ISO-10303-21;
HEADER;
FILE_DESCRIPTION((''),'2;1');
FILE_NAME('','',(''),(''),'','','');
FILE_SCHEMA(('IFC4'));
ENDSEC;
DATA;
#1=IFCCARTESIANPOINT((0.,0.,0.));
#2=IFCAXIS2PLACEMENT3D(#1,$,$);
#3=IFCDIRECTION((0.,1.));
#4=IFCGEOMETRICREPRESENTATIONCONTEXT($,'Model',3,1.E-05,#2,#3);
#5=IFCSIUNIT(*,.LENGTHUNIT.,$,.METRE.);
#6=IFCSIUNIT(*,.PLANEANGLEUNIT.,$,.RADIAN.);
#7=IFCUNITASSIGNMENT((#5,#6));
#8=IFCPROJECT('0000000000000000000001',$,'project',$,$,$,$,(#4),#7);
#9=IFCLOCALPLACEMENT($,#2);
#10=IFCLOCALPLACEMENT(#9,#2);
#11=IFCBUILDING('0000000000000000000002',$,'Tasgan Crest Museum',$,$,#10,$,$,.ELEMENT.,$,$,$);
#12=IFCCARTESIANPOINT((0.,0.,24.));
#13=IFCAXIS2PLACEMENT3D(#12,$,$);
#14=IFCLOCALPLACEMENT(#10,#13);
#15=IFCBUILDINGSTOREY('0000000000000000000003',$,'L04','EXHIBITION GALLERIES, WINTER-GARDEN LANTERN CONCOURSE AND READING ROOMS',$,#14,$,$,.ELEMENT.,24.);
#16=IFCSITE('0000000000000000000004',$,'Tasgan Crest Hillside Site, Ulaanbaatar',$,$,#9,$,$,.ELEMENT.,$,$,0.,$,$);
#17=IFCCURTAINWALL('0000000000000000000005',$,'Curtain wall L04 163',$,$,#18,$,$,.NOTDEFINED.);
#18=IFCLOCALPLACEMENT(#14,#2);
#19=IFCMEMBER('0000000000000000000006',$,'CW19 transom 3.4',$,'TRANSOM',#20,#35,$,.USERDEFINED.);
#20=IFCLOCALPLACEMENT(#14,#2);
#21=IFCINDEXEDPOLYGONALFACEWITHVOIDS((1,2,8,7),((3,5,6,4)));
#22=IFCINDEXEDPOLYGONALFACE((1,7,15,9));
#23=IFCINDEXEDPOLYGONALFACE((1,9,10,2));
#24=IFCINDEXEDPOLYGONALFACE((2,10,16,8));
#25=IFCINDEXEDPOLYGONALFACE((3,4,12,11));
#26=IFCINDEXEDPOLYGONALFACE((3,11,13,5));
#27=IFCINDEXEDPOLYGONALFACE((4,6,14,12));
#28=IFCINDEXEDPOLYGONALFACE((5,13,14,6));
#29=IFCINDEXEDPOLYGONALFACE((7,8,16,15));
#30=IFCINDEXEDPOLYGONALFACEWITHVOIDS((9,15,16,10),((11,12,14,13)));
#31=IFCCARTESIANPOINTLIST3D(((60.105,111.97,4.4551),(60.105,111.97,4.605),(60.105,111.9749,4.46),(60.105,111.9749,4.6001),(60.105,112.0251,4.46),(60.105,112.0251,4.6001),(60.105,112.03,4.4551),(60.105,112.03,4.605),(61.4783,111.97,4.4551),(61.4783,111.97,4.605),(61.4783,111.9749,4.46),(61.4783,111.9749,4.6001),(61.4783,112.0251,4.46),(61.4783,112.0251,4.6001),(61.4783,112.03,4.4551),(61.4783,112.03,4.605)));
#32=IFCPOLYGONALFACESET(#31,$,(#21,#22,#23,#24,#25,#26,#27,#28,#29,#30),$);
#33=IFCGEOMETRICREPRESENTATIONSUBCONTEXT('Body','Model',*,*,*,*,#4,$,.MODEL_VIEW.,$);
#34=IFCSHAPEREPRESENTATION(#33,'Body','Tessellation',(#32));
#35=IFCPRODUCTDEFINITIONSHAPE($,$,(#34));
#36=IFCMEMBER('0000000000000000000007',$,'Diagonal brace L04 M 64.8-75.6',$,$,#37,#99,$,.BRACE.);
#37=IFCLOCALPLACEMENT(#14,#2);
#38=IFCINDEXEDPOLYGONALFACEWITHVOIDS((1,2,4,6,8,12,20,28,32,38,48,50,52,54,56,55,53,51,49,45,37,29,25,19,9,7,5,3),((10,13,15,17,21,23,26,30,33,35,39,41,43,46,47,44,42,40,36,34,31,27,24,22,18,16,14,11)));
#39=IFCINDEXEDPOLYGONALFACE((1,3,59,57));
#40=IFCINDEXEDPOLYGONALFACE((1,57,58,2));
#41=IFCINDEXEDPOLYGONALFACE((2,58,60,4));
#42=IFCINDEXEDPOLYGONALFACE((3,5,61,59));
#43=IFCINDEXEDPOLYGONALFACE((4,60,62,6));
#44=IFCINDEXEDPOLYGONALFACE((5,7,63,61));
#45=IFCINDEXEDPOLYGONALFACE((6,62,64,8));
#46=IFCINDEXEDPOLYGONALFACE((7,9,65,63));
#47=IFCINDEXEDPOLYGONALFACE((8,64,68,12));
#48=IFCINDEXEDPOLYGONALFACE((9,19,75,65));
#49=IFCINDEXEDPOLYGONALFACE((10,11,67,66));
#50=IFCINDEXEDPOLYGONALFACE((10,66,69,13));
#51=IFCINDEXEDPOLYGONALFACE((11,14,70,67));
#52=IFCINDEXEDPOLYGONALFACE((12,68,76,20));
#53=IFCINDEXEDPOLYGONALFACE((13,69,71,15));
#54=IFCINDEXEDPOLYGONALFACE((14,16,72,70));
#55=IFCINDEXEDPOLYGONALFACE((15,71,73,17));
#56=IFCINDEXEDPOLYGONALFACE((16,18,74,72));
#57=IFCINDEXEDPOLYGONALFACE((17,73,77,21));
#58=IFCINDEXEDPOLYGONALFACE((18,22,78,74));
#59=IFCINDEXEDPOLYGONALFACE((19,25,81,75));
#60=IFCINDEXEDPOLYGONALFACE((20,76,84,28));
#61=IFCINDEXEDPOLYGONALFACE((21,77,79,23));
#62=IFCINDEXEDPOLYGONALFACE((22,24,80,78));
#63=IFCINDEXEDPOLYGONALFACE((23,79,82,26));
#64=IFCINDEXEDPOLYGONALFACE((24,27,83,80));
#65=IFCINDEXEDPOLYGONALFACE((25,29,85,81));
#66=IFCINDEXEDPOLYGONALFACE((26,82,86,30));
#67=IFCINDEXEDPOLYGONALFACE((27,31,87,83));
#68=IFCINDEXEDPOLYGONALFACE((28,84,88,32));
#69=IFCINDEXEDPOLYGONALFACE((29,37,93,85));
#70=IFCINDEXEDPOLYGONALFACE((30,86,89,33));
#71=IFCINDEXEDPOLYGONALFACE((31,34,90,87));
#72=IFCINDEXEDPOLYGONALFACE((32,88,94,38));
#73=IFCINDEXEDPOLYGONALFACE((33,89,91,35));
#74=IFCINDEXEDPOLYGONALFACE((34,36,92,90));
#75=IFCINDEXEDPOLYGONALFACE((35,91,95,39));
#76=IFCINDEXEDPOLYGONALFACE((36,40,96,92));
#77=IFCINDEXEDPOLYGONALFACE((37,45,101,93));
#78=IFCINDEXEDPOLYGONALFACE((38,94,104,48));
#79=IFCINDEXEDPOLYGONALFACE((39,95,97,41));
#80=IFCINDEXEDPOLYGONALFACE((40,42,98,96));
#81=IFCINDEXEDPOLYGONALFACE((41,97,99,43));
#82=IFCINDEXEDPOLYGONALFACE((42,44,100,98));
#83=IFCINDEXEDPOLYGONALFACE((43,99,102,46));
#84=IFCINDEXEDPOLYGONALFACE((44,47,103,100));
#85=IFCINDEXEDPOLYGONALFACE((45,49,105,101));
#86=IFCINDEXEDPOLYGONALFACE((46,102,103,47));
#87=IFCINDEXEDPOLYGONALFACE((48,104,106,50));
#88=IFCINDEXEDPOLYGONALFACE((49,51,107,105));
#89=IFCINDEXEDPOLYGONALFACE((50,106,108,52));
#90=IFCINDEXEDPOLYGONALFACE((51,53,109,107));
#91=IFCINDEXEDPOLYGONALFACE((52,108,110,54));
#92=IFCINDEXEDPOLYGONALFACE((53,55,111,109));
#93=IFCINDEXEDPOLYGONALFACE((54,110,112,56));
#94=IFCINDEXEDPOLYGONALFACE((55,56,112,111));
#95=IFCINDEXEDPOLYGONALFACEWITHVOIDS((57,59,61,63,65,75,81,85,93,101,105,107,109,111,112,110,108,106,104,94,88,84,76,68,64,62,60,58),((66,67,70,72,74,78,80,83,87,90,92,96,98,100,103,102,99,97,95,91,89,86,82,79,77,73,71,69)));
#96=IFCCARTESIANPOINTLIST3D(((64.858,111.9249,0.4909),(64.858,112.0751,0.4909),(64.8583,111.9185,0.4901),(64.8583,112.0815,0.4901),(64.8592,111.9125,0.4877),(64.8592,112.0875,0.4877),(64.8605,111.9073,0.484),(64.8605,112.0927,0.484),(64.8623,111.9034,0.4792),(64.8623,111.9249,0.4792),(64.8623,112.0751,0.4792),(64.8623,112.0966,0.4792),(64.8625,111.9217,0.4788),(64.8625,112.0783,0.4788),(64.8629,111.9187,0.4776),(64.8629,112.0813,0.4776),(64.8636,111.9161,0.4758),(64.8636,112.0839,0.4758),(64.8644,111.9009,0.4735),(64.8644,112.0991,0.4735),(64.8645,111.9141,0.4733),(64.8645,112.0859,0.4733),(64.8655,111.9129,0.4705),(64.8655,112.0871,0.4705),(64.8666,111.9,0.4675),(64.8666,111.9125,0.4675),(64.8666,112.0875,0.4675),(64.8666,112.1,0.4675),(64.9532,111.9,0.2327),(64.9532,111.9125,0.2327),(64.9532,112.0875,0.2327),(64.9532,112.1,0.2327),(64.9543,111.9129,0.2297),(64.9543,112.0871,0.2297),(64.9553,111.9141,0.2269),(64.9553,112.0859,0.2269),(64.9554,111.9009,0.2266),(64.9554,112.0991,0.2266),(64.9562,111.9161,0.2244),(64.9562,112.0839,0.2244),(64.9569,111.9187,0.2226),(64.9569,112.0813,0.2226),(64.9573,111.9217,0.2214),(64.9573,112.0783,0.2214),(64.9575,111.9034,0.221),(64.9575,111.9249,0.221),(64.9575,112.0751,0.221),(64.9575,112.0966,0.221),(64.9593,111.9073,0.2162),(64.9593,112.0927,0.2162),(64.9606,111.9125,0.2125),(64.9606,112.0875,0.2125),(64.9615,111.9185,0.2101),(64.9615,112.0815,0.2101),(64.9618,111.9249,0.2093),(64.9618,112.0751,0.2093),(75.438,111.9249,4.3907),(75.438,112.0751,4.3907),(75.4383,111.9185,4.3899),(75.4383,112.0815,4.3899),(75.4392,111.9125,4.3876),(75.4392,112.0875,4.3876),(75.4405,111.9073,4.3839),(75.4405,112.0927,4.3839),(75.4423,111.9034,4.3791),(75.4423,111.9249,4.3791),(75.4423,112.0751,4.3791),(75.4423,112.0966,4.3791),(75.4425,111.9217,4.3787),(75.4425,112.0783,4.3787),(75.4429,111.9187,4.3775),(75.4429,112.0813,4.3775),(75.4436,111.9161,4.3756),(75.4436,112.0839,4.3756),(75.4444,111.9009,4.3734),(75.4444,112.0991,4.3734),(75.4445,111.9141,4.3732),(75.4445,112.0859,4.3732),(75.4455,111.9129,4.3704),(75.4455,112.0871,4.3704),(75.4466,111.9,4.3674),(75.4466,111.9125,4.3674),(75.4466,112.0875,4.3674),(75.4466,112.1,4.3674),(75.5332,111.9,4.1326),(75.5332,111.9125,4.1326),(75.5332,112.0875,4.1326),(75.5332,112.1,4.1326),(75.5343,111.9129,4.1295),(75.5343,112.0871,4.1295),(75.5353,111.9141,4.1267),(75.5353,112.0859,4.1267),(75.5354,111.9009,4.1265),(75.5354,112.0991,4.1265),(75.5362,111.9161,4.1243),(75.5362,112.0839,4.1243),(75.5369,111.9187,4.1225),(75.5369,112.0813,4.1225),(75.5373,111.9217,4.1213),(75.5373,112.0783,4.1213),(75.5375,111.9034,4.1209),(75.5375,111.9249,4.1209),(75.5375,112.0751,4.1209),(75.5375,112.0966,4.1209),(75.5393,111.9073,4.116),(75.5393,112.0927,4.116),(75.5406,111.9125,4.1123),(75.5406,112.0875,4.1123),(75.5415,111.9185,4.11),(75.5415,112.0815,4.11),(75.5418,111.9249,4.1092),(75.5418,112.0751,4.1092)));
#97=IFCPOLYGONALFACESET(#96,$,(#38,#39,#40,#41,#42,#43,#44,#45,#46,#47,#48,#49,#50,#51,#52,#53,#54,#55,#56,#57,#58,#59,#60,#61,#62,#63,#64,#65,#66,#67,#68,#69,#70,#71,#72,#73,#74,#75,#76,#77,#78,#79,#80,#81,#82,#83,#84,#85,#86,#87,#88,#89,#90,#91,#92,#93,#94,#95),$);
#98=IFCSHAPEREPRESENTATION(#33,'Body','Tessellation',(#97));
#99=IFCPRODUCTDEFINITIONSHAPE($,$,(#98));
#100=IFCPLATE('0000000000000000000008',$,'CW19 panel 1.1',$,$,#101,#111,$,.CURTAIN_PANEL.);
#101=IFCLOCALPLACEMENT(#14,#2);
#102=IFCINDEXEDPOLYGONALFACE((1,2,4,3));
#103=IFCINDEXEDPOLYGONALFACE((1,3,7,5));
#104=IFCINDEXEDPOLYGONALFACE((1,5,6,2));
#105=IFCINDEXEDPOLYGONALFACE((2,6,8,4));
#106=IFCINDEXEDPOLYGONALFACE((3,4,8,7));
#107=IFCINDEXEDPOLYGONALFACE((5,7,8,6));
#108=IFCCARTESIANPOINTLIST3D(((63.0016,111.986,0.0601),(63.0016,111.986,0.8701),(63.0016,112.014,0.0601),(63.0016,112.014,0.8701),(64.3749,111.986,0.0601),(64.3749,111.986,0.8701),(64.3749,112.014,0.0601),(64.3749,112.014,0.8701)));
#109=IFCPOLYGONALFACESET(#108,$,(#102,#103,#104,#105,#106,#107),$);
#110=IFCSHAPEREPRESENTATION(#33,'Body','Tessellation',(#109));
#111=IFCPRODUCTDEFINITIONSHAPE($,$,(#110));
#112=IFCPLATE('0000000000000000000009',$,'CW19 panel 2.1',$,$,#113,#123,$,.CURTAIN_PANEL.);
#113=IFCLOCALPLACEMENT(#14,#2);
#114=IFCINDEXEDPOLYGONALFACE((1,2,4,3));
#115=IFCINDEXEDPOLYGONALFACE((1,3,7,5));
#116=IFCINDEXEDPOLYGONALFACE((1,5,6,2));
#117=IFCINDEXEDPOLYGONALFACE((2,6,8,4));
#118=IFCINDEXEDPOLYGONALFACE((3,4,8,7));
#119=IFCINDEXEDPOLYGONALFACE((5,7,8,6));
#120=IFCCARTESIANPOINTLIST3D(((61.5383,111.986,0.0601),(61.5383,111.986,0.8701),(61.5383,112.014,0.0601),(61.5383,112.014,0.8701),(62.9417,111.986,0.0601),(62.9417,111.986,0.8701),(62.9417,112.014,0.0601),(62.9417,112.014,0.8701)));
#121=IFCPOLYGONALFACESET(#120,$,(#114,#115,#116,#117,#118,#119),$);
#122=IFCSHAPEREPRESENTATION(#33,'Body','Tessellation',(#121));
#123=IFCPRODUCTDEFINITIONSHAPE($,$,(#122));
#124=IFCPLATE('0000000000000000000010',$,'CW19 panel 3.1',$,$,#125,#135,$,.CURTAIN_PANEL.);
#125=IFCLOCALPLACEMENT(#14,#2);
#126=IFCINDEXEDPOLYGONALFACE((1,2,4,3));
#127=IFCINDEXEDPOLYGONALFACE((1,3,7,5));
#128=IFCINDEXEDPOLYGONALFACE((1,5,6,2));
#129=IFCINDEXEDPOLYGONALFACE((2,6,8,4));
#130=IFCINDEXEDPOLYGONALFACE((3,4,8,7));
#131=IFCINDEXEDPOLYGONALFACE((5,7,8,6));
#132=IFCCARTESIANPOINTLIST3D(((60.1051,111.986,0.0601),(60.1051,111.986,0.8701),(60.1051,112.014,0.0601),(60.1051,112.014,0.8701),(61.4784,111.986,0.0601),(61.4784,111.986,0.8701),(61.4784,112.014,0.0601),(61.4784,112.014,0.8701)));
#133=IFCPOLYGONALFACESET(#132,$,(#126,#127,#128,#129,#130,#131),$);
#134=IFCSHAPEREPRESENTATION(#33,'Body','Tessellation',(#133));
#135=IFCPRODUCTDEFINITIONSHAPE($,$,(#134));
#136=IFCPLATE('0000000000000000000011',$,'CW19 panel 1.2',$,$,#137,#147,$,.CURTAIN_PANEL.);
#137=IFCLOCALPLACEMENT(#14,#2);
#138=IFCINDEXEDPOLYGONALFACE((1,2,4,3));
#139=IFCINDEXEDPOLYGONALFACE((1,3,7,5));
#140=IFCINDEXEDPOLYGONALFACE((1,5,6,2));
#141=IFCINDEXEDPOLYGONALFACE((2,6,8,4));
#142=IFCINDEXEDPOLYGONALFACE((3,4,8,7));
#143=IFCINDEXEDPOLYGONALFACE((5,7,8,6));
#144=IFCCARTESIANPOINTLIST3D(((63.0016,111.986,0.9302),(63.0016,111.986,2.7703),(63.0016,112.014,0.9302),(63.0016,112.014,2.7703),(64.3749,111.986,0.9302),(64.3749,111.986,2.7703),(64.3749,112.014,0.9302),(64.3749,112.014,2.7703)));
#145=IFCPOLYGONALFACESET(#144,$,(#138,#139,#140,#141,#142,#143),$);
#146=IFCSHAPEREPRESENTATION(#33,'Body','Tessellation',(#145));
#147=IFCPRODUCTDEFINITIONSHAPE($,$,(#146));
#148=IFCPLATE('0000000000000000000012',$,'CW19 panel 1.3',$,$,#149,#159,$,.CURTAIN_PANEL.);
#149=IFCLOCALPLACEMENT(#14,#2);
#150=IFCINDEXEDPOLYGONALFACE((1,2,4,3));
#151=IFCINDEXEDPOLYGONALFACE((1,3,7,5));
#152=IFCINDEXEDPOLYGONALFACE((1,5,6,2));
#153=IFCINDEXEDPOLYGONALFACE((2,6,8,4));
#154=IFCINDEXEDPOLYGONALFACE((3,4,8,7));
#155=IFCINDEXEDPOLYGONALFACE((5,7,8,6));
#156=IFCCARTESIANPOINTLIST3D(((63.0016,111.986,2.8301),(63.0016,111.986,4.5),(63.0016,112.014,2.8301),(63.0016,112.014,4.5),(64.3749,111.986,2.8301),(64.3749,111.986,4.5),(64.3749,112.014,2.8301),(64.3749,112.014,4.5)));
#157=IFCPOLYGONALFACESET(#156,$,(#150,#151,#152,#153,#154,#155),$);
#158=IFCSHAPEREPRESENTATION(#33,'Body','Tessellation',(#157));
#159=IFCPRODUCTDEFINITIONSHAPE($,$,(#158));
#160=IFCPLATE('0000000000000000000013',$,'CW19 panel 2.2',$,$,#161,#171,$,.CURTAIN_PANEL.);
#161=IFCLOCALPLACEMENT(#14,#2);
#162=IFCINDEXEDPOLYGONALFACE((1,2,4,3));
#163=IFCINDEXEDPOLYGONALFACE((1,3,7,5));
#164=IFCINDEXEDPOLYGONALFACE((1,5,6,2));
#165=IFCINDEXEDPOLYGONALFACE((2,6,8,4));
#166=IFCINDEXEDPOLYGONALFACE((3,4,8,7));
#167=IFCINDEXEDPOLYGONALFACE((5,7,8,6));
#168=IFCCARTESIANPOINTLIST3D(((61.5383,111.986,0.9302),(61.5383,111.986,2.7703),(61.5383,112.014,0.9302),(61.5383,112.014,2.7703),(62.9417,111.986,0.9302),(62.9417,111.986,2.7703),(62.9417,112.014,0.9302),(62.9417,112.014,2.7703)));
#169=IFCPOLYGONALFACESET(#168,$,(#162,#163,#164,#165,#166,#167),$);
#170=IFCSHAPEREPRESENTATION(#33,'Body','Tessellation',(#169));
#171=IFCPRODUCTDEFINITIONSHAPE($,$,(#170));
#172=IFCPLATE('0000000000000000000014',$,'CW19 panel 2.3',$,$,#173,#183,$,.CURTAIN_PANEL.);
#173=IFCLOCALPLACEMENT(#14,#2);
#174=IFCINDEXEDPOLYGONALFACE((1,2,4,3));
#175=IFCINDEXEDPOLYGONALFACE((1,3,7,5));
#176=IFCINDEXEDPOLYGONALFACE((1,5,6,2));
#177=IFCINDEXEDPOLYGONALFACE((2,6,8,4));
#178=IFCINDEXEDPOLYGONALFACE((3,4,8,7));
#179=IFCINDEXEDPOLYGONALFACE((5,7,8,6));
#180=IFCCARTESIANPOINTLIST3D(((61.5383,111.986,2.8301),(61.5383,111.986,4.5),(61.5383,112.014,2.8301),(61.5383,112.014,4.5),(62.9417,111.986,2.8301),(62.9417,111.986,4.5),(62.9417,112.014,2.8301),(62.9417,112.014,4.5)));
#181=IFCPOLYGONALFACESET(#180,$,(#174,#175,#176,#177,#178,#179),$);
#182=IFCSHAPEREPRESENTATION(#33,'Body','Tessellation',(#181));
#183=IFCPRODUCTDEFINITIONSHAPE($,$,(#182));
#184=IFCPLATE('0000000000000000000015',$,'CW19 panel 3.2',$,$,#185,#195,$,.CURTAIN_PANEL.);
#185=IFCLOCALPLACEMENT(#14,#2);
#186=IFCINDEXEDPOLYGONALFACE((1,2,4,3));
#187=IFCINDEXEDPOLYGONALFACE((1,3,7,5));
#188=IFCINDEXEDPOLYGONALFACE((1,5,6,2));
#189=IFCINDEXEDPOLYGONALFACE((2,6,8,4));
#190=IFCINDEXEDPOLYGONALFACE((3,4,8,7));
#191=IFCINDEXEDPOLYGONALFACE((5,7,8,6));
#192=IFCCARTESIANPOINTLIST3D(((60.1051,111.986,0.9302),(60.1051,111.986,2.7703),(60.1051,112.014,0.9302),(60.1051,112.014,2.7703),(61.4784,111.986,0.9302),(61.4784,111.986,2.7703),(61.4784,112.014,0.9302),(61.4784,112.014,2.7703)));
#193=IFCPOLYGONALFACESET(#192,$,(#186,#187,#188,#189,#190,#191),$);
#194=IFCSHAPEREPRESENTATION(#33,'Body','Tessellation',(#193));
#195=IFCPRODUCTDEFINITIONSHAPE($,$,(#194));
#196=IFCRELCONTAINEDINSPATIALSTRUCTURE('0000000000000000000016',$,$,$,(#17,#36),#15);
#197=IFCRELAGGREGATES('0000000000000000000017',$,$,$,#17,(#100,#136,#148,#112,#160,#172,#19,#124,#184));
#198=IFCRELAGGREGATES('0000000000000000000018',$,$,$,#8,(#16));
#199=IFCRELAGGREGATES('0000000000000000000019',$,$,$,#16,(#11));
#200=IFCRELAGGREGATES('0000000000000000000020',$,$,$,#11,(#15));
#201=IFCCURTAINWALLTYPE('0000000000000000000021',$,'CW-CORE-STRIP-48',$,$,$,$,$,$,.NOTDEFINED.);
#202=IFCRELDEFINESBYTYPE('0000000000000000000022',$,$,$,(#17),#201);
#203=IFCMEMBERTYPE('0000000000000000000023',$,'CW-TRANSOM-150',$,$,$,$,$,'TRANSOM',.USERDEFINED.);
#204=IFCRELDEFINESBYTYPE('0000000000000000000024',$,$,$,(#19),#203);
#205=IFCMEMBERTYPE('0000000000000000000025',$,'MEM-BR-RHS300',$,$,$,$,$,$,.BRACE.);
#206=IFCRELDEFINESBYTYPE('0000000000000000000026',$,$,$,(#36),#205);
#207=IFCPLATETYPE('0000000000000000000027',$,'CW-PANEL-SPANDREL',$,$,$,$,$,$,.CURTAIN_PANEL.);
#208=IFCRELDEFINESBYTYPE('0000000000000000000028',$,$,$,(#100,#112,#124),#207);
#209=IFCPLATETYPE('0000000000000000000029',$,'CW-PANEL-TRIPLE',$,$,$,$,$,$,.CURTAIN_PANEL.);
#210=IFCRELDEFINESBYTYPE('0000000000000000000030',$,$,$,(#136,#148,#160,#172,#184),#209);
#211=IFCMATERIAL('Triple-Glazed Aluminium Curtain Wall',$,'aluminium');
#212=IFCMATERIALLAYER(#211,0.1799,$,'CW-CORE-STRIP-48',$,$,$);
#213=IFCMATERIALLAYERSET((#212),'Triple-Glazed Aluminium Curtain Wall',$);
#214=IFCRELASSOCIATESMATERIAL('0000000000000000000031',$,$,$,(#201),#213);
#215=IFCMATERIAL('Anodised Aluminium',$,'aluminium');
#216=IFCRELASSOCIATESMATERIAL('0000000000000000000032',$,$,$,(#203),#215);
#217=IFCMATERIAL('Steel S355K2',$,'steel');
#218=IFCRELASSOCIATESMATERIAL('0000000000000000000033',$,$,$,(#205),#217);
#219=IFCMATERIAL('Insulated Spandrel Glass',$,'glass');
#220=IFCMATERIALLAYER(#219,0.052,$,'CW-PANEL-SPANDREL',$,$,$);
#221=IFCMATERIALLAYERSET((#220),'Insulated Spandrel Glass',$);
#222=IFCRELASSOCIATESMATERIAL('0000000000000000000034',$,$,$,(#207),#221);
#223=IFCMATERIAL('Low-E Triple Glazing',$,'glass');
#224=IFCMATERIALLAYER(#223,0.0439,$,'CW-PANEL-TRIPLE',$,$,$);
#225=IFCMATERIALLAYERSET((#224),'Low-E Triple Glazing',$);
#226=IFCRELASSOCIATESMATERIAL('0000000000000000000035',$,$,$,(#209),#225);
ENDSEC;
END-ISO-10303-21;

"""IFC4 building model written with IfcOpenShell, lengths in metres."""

from ifc_helpers import new_model, si_unit, direction, frame, origin, origin_2d, place, context, subcontext, project, spatial, rectangle, hollow_rectangle, extrude, material, layer, layer_set, material_profile, profile_set, type_object, element, aggregate, save


model = new_model("IFC4")

# Units and contexts
model_context = context("Model", 3, precision=1e-05, world=origin(), true_north=direction((0.0, 1.0)))
body_context = subcontext(model_context, "Body", "Model", "MODEL_VIEW")
ifc_project = project(units=[si_unit("LENGTHUNIT", "METRE"), si_unit("PLANEANGLEUNIT", "RADIAN")], contexts=[model_context])

# Site, building, storey
site_placement = place(None, origin())
site = spatial("IfcSite", under=ifc_project, at=site_placement, Name="Tasgan Crest Hillside Site, Ulaanbaatar", CompositionType="ELEMENT", RefElevation=0.0)
building_placement = place(site_placement, origin())
building = spatial("IfcBuilding", under=site, at=building_placement, Name="Tasgan Crest Museum", CompositionType="ELEMENT")
storey_placement = place(building_placement, frame((0.0, 0.0, 24.0)))
storey = spatial("IfcBuildingStorey", under=building, at=storey_placement, Name="L04", Description="EXHIBITION GALLERIES, WINTER-GARDEN LANTERN CONCOURSE AND READING ROOMS", CompositionType="ELEMENT", Elevation=24.0)

# Curtain wall, member
ifc_material_1 = material(Name="Triple-Glazed Aluminium Curtain Wall", Category="aluminium")
ifc_layer_1 = layer(ifc_material_1, 0.1799, Name="CW-CORE-STRIP-48")
ifc_layer_set_1 = layer_set([ifc_layer_1], Name="Triple-Glazed Aluminium Curtain Wall")
curtain_wall_type = type_object("IfcCurtainWallType", Name="CW-CORE-STRIP-48", PredefinedType="NOTDEFINED", material=ifc_layer_set_1)
curtain_wall_placement = place(storey_placement, origin())
curtain_wall = element("IfcCurtainWall", 1, at=curtain_wall_placement, inside=storey, type_object=curtain_wall_type, Name="Curtain wall L04 163", PredefinedType="NOTDEFINED")
ifc_material_2 = material(Name="Anodised Aluminium", Category="aluminium")
ifc_material_profile_1 = material_profile(ifc_material_2, hollow_rectangle(XDim=0.0601, YDim=0.1499, WallThickness=0.0049, at=origin_2d()), Name="ALU TRANSOM 150x60x5")
ifc_profile_set_1 = profile_set([ifc_material_profile_1], Name="Anodised Aluminium")
member_type_1 = type_object("IfcMemberType", Name="CW-TRANSOM-150", ElementType="TRANSOM", PredefinedType="USERDEFINED", material=ifc_profile_set_1)
member_1_placement = place(storey_placement, frame((61.4783, 112.0, 4.53), z_axis=(-1.0, 0.0, 0.0), x_axis=(0.0, -1.0, 0.0)))
member_1 = element("IfcMember", 2, at=member_1_placement, type_object=member_type_1, Name="CW19 transom 3.4", ObjectType="TRANSOM", PredefinedType="USERDEFINED", context=body_context, shape_type="SweptSolid", body=[
    extrude(hollow_rectangle(XDim=0.0601, YDim=0.1499, WallThickness=0.0049, at=origin_2d()), origin(), (0.0, 0.0, 1.0), 1.3733),
])

# Member
ifc_material_3 = material(Name="Steel S355K2", Category="steel")
ifc_material_profile_2 = material_profile(ifc_material_3, hollow_rectangle(XDim=0.2, YDim=0.3, WallThickness=0.0125, InnerFilletRadius=0.0125, OuterFilletRadius=0.0249, at=origin_2d()), Name="RHS 300x200x12.5")
ifc_profile_set_2 = profile_set([ifc_material_profile_2], Name="Steel S355K2")
member_type_2 = type_object("IfcMemberType", Name="MEM-BR-RHS300", PredefinedType="BRACE", material=ifc_profile_set_2)
member_2_placement = place(storey_placement, frame((64.9099, 112.0, 0.3501), z_axis=(0.938286, 0.0, 0.34586), x_axis=(0.0, 1.0, 0.0)))
element("IfcMember", 3, at=member_2_placement, inside=storey, type_object=member_type_2, Name="Diagonal brace L04 M 64.8-75.6", PredefinedType="BRACE", context=body_context, shape_type="SweptSolid", body=[
    extrude(hollow_rectangle(XDim=0.2, YDim=0.3, WallThickness=0.0125, InnerFilletRadius=0.0125, OuterFilletRadius=0.0249, at=origin_2d()), origin(), (0.0, 0.0, 1.0), 11.2759),
])

# Plates
ifc_material_4 = material(Name="Insulated Spandrel Glass", Category="glass")
ifc_layer_2 = layer(ifc_material_4, 0.052, Name="CW-PANEL-SPANDREL")
ifc_layer_set_2 = layer_set([ifc_layer_2], Name="Insulated Spandrel Glass")
plate_type_1 = type_object("IfcPlateType", Name="CW-PANEL-SPANDREL", PredefinedType="CURTAIN_PANEL", material=ifc_layer_set_2)
plate_1_placement = place(storey_placement, frame((63.6882, 112.0, 0.0601), z_axis=(0.0, 0.0, 1.0), x_axis=(-1.0, 0.0, 0.0)))
plate_1 = element("IfcPlate", 4, at=plate_1_placement, type_object=plate_type_1, Name="CW19 panel 1.1", PredefinedType="CURTAIN_PANEL", context=body_context, shape_type="SweptSolid", body=[
    extrude(rectangle(XDim=1.3733, YDim=0.0281, at=origin_2d()), origin(), (0.0, 0.0, 1.0), 0.8101),
])
plate_2_placement = place(storey_placement, frame((62.24, 112.0, 0.0601), z_axis=(0.0, 0.0, 1.0), x_axis=(-1.0, 0.0, 0.0)))
plate_2 = element("IfcPlate", 5, at=plate_2_placement, type_object=plate_type_1, Name="CW19 panel 2.1", PredefinedType="CURTAIN_PANEL", context=body_context, shape_type="SweptSolid", body=[
    extrude(rectangle(XDim=1.4033, YDim=0.0281, at=origin_2d()), origin(), (0.0, 0.0, 1.0), 0.8101),
])
plate_3_placement = place(storey_placement, frame((60.7917, 112.0, 0.0601), z_axis=(0.0, 0.0, 1.0), x_axis=(-1.0, 0.0, 0.0)))
plate_3 = element("IfcPlate", 6, at=plate_3_placement, type_object=plate_type_1, Name="CW19 panel 3.1", PredefinedType="CURTAIN_PANEL", context=body_context, shape_type="SweptSolid", body=[
    extrude(rectangle(XDim=1.3733, YDim=0.0281, at=origin_2d()), origin(), (0.0, 0.0, 1.0), 0.8101),
])
ifc_material_5 = material(Name="Low-E Triple Glazing", Category="glass")
ifc_layer_3 = layer(ifc_material_5, 0.0439, Name="CW-PANEL-TRIPLE")
ifc_layer_set_3 = layer_set([ifc_layer_3], Name="Low-E Triple Glazing")
plate_type_2 = type_object("IfcPlateType", Name="CW-PANEL-TRIPLE", PredefinedType="CURTAIN_PANEL", material=ifc_layer_set_3)
plate_4_placement = place(storey_placement, frame((63.6882, 112.0, 0.9302), z_axis=(0.0, 0.0, 1.0), x_axis=(-1.0, 0.0, 0.0)))
plate_4 = element("IfcPlate", 7, at=plate_4_placement, type_object=plate_type_2, Name="CW19 panel 1.2", PredefinedType="CURTAIN_PANEL", context=body_context, shape_type="SweptSolid", body=[
    extrude(rectangle(XDim=1.3733, YDim=0.0281, at=origin_2d()), origin(), (0.0, 0.0, 1.0), 1.8401),
])
plate_5_placement = place(storey_placement, frame((63.6882, 112.0, 2.8301), z_axis=(0.0, 0.0, 1.0), x_axis=(-1.0, 0.0, 0.0)))
plate_5 = element("IfcPlate", 8, at=plate_5_placement, type_object=plate_type_2, Name="CW19 panel 1.3", PredefinedType="CURTAIN_PANEL", context=body_context, shape_type="SweptSolid", body=[
    extrude(rectangle(XDim=1.3733, YDim=0.0281, at=origin_2d()), origin(), (0.0, 0.0, 1.0), 1.6699),
])
plate_6_placement = place(storey_placement, frame((62.24, 112.0, 0.9302), z_axis=(0.0, 0.0, 1.0), x_axis=(-1.0, 0.0, 0.0)))
plate_6 = element("IfcPlate", 9, at=plate_6_placement, type_object=plate_type_2, Name="CW19 panel 2.2", PredefinedType="CURTAIN_PANEL", context=body_context, shape_type="SweptSolid", body=[
    extrude(rectangle(XDim=1.4033, YDim=0.0281, at=origin_2d()), origin(), (0.0, 0.0, 1.0), 1.8401),
])
plate_7_placement = place(storey_placement, frame((62.24, 112.0, 2.8301), z_axis=(0.0, 0.0, 1.0), x_axis=(-1.0, 0.0, 0.0)))
plate_7 = element("IfcPlate", 10, at=plate_7_placement, type_object=plate_type_2, Name="CW19 panel 2.3", PredefinedType="CURTAIN_PANEL", context=body_context, shape_type="SweptSolid", body=[
    extrude(rectangle(XDim=1.4033, YDim=0.0281, at=origin_2d()), origin(), (0.0, 0.0, 1.0), 1.6699),
])
plate_8_placement = place(storey_placement, frame((60.7917, 112.0, 0.9302), z_axis=(0.0, 0.0, 1.0), x_axis=(-1.0, 0.0, 0.0)))
plate_8 = element("IfcPlate", 11, at=plate_8_placement, type_object=plate_type_2, Name="CW19 panel 3.2", PredefinedType="CURTAIN_PANEL", context=body_context, shape_type="SweptSolid", body=[
    extrude(rectangle(XDim=1.3733, YDim=0.0281, at=origin_2d()), origin(), (0.0, 0.0, 1.0), 1.8401),
])
aggregate(curtain_wall, [plate_1, plate_4, plate_5, plate_2, plate_6, plate_7, member_1, plate_3, plate_8])

save(model, "model.ifc")
